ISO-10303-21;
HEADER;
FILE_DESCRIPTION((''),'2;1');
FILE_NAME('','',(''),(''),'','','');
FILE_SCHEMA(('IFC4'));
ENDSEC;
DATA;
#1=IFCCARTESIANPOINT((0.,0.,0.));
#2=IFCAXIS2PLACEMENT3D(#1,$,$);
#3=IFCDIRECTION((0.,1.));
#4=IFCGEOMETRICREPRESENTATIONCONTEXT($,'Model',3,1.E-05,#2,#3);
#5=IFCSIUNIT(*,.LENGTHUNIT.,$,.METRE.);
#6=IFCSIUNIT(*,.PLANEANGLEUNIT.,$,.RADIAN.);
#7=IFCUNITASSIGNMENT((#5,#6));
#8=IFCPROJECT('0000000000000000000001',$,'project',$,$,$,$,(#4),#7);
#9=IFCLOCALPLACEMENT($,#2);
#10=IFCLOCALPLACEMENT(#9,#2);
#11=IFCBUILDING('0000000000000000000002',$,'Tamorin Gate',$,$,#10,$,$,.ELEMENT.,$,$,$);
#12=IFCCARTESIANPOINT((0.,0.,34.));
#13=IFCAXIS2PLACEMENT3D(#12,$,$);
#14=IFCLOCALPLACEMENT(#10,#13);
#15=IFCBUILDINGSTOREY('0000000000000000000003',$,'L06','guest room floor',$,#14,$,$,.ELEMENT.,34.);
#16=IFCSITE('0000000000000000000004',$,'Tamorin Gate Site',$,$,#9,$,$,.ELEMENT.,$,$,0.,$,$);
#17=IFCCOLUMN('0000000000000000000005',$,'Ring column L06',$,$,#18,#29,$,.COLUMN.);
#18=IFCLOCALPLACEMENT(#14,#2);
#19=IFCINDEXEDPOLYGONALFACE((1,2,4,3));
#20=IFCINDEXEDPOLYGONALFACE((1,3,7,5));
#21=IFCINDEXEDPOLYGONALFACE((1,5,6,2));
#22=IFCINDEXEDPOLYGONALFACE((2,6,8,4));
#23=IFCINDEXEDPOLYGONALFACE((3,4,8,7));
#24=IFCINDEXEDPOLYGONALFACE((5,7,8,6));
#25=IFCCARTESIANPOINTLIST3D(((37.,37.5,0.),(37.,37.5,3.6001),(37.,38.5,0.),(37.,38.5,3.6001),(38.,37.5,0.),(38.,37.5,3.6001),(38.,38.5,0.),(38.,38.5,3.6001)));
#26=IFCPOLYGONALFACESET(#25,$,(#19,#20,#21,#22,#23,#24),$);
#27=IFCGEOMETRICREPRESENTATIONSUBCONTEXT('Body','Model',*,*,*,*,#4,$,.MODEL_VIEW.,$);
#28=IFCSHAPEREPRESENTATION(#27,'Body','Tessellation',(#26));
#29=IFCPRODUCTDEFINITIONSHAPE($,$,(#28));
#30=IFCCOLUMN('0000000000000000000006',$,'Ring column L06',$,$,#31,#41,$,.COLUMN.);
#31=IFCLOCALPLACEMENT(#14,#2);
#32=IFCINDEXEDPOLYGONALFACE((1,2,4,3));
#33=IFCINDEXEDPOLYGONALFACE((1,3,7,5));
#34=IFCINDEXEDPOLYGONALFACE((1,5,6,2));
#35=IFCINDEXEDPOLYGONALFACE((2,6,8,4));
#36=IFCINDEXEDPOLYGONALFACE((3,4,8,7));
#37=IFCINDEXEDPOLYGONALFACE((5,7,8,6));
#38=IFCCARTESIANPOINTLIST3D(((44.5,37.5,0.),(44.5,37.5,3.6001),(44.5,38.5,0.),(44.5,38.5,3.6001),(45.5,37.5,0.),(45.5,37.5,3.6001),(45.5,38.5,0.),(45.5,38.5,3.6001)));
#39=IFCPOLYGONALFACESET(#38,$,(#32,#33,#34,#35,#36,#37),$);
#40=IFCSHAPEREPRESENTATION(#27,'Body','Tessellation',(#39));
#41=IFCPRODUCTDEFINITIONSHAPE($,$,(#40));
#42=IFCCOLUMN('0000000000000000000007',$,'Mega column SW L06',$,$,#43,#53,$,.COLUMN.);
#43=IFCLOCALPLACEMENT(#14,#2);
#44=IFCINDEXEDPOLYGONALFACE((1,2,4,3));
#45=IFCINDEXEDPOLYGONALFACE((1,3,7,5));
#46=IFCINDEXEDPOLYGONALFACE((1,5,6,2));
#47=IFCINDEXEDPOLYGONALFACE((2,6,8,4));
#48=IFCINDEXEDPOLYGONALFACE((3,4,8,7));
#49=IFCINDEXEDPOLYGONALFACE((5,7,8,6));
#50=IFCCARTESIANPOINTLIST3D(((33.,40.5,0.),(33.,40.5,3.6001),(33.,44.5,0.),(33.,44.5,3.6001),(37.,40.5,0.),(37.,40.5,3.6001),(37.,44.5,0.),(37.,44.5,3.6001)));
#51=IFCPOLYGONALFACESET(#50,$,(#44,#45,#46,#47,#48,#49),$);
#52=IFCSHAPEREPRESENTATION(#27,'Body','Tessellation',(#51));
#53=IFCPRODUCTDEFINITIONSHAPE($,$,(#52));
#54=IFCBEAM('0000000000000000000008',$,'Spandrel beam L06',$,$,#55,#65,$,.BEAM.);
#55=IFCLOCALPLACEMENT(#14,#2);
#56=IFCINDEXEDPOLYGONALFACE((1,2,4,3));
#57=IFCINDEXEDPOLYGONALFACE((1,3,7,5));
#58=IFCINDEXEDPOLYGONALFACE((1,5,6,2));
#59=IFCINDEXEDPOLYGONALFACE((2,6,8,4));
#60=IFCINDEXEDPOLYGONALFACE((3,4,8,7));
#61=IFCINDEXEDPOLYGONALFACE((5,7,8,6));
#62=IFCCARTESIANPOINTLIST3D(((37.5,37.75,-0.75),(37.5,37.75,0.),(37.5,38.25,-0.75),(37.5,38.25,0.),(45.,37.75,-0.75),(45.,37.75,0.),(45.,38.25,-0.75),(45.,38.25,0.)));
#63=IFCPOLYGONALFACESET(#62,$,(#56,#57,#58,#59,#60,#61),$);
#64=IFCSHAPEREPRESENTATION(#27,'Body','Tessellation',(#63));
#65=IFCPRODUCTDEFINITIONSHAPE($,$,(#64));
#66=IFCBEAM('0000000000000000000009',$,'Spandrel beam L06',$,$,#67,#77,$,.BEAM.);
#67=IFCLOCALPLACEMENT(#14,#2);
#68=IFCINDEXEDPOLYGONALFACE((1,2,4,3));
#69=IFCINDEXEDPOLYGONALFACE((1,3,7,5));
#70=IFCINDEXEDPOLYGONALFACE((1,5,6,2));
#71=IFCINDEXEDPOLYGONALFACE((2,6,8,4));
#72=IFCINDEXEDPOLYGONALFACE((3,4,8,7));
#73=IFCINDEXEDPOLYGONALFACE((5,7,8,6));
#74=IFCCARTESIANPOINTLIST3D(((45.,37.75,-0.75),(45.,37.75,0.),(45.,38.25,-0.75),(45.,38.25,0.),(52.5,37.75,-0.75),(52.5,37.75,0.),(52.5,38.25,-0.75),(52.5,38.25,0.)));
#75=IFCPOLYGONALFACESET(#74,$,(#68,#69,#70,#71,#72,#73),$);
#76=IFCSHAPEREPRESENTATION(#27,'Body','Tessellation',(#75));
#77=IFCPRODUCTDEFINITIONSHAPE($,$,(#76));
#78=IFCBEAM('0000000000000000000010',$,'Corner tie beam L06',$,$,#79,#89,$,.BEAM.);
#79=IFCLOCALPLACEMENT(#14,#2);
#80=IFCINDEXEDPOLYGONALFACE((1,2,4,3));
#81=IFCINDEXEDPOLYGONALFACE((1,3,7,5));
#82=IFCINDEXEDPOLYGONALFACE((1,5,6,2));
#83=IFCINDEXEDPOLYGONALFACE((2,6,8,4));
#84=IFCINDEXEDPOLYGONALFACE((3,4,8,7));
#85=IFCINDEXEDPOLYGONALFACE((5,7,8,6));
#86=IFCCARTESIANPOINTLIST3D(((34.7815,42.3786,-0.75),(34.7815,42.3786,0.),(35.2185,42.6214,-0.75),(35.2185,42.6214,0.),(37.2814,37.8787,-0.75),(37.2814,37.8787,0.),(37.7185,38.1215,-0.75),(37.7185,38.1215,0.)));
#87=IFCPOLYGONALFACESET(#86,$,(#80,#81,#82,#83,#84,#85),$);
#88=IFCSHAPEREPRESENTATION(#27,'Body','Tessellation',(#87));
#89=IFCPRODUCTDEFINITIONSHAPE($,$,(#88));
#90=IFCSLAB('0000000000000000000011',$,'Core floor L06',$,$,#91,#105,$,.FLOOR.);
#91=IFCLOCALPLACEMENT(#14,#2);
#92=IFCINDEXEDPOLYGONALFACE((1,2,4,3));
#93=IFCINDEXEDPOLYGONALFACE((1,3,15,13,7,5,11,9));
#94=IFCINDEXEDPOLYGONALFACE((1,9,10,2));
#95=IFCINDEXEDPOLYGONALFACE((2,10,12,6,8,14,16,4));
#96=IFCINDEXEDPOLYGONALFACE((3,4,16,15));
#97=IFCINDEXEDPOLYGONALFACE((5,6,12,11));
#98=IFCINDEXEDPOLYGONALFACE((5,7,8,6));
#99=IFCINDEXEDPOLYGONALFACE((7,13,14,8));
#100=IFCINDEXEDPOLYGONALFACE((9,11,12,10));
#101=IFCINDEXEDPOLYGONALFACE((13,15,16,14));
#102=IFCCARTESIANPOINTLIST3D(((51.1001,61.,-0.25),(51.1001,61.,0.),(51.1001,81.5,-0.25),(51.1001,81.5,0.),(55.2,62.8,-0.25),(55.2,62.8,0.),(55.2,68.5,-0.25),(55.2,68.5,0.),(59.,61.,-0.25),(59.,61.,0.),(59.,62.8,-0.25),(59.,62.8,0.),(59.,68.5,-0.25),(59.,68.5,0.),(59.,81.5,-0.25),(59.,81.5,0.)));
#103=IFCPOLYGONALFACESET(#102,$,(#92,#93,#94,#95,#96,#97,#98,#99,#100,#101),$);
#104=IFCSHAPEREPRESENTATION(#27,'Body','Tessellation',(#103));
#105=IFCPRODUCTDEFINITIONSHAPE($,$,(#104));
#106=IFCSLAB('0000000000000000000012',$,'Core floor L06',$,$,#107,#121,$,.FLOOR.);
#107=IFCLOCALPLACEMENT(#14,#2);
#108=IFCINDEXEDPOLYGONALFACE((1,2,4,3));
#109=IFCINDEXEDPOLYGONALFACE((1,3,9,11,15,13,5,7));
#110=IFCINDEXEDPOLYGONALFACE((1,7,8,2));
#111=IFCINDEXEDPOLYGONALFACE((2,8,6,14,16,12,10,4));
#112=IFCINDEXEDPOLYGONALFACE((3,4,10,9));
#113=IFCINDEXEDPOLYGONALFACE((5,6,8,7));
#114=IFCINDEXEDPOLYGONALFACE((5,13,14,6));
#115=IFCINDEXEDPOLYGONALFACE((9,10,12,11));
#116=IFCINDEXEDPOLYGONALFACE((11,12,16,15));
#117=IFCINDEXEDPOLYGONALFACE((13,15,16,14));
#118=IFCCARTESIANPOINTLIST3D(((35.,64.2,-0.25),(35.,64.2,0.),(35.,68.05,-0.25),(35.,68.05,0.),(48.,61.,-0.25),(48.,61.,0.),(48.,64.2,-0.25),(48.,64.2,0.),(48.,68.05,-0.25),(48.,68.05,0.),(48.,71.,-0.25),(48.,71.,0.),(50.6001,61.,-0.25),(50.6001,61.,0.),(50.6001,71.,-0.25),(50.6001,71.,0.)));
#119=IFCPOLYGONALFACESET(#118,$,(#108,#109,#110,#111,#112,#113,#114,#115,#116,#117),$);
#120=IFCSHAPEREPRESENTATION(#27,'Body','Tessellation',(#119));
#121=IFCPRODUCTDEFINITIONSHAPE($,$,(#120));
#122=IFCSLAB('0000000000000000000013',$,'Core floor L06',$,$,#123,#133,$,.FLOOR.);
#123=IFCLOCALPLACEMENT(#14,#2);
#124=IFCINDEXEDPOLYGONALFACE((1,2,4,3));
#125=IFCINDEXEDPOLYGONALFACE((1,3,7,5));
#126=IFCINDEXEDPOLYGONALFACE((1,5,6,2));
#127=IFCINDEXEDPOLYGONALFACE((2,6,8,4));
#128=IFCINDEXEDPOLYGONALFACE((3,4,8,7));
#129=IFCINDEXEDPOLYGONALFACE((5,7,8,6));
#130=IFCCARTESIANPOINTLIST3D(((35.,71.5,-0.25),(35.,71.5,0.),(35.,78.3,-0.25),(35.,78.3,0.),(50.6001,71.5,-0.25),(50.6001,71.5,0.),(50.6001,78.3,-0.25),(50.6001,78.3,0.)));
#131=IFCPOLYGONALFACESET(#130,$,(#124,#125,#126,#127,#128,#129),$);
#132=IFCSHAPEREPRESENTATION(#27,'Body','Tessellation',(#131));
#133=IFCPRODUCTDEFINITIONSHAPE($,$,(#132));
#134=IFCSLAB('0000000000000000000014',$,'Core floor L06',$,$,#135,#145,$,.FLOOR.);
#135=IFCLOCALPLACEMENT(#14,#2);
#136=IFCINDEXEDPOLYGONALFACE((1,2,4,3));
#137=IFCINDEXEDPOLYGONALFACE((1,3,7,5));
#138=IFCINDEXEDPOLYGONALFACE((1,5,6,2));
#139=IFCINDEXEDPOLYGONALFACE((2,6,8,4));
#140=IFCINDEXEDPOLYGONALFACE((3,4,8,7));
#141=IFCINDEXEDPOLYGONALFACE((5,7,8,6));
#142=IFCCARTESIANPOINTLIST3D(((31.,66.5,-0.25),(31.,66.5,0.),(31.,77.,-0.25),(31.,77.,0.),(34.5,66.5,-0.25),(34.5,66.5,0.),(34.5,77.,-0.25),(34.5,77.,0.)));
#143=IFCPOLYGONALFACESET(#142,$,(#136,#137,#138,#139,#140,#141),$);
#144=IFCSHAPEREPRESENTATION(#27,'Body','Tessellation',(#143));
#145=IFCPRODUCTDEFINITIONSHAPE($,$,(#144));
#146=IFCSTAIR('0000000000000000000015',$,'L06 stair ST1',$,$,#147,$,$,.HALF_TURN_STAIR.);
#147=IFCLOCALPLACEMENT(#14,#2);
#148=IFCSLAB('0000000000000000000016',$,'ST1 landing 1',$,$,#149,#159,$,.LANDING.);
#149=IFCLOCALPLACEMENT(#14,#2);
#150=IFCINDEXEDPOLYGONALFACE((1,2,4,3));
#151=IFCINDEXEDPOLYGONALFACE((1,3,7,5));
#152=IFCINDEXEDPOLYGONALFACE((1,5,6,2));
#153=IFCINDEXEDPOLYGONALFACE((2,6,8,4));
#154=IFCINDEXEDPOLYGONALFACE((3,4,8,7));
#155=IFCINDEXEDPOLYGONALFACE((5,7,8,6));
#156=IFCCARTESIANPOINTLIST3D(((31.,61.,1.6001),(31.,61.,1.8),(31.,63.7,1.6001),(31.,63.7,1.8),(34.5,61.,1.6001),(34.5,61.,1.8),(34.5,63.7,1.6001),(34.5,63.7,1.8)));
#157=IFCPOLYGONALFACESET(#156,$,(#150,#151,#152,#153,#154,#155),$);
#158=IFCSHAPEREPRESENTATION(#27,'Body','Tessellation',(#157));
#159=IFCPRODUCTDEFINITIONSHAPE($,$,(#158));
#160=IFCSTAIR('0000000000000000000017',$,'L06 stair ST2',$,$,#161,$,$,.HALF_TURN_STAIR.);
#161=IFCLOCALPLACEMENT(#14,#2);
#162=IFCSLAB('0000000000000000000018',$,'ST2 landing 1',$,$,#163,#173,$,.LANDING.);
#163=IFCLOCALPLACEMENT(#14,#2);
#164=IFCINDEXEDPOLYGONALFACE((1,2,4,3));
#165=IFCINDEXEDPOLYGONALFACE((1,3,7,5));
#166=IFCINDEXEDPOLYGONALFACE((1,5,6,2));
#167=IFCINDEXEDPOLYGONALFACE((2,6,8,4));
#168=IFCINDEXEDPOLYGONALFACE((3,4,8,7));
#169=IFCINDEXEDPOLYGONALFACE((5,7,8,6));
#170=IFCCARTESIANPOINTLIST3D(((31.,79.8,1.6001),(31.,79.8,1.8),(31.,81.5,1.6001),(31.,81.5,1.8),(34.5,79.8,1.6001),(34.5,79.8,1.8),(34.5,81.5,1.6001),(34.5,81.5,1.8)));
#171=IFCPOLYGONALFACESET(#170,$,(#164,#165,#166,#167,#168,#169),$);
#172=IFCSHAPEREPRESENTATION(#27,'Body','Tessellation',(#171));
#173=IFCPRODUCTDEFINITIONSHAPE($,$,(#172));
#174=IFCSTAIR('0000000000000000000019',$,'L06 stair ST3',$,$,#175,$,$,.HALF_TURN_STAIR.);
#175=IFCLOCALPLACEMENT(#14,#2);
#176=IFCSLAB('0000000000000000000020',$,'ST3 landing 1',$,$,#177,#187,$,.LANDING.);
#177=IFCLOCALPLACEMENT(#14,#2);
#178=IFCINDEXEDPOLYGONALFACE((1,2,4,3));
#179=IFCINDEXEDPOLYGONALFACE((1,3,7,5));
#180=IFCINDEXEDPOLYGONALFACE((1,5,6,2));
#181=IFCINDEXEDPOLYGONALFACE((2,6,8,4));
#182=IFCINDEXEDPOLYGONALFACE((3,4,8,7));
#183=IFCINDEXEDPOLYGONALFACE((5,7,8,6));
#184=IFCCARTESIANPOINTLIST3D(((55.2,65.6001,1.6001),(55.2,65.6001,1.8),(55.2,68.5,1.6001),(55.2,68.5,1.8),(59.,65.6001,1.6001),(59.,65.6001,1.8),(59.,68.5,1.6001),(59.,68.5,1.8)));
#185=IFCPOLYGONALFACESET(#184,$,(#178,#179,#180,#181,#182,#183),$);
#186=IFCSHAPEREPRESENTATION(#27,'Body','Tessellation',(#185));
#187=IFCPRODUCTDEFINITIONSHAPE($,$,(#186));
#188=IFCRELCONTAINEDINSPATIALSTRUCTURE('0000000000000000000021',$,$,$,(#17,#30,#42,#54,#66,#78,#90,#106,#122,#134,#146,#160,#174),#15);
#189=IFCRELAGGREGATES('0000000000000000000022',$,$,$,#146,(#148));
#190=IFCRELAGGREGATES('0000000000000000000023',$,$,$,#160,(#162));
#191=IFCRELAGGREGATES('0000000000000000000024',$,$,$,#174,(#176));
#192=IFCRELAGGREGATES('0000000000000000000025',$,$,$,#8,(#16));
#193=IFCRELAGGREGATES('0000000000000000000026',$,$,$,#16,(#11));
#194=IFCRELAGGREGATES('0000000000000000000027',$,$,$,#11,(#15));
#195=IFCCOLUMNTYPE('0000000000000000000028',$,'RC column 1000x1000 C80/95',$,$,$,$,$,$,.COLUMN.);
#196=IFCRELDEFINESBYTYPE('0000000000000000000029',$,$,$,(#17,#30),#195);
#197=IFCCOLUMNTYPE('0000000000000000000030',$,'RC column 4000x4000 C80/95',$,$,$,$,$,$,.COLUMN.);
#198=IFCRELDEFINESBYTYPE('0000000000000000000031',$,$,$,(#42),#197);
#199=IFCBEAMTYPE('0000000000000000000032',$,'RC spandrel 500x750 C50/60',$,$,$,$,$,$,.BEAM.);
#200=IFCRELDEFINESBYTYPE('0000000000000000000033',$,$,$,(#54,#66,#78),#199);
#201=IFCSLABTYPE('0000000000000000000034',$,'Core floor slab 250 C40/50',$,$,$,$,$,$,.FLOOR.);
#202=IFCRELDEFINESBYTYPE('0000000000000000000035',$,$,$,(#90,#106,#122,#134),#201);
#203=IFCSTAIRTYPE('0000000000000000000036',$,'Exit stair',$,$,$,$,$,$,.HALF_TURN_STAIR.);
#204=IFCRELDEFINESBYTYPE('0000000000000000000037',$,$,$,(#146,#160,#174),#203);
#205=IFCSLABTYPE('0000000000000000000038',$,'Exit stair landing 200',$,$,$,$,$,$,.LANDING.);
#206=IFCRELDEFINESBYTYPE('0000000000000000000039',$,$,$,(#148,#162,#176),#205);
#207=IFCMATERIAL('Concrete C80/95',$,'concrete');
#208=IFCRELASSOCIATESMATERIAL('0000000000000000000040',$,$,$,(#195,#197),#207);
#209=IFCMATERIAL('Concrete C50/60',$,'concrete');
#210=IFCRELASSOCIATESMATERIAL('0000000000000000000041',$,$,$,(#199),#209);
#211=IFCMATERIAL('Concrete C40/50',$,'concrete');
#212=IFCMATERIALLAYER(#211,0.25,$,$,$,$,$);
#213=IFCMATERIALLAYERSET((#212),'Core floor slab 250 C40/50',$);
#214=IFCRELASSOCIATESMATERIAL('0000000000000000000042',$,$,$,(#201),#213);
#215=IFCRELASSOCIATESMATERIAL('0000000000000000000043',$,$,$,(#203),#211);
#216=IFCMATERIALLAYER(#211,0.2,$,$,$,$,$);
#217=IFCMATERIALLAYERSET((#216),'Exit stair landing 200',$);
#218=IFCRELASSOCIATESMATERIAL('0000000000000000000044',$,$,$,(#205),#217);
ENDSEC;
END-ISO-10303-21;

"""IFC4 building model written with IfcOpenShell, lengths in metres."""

from ifc_helpers import new_model, si_unit, direction, frame, origin, origin_2d, place, context, subcontext, project, spatial, polyline, rectangle, outline, extrude, material, layer, layer_set, material_profile, profile_set, type_object, element, aggregate, save


model = new_model("IFC4")

# Units and contexts
model_context = context("Model", 3, precision=1e-05, world=origin(), true_north=direction((0.0, 1.0)))
body_context = subcontext(model_context, "Body", "Model", "MODEL_VIEW")
ifc_project = project(units=[si_unit("LENGTHUNIT", "METRE"), si_unit("PLANEANGLEUNIT", "RADIAN")], contexts=[model_context])

# Site, building, storey
site_placement = place(None, origin())
site = spatial("IfcSite", under=ifc_project, at=site_placement, Name="Tamorin Gate Site", CompositionType="ELEMENT", RefElevation=0.0)
building_placement = place(site_placement, origin())
building = spatial("IfcBuilding", under=site, at=building_placement, Name="Tamorin Gate", CompositionType="ELEMENT")
storey_placement = place(building_placement, frame((0.0, 0.0, 34.0)))
storey = spatial("IfcBuildingStorey", under=building, at=storey_placement, Name="L06", Description="guest room floor", CompositionType="ELEMENT", Elevation=34.0)

# Columns
ifc_material_1 = material(Name="Concrete C80/95", Category="concrete")
ifc_material_profile_1 = material_profile(ifc_material_1, rectangle(XDim=1.0, YDim=1.0, at=origin_2d()), Name="RC 1000x1000")
ifc_profile_set_1 = profile_set([ifc_material_profile_1], Name="Concrete C80/95")
column_type_1 = type_object("IfcColumnType", Name="RC column 1000x1000 C80/95", PredefinedType="COLUMN", material=ifc_profile_set_1)
for number, where, z_axis, x_axis, name in (
    (1, (37.5, 38.0, 0.0), (0.0, 0.0, 1.0), (1.0, 0.0, 0.0), "Ring column L06"),
    (2, (45.0, 38.0, 0.0), (0.0, 0.0, 1.0), (1.0, 0.0, 0.0), "Ring column L06"),
):
    element("IfcColumn", number, at=place(storey_placement, frame(where, z_axis=z_axis, x_axis=x_axis)), inside=storey, type_object=column_type_1, Name=name, PredefinedType="COLUMN", context=body_context, shape_type="SweptSolid", body=[
        extrude(rectangle(XDim=1.0, YDim=1.0, at=origin_2d()), origin(), (0.0, 0.0, 1.0), 3.6001),
    ])
ifc_material_profile_2 = material_profile(ifc_material_1, rectangle(XDim=4.0, YDim=4.0, at=origin_2d()), Name="RC 4000x4000")
ifc_profile_set_2 = profile_set([ifc_material_profile_2], Name="Concrete C80/95")
column_type_2 = type_object("IfcColumnType", Name="RC column 4000x4000 C80/95", PredefinedType="COLUMN", material=ifc_profile_set_2)
column_placement = place(storey_placement, frame((35.0, 42.5, 0.0), z_axis=(0.0, 0.0, 1.0), x_axis=(1.0, 0.0, 0.0)))
element("IfcColumn", 3, at=column_placement, inside=storey, type_object=column_type_2, Name="Mega column SW L06", PredefinedType="COLUMN", context=body_context, shape_type="SweptSolid", body=[
    extrude(rectangle(XDim=4.0, YDim=4.0, at=origin_2d()), origin(), (0.0, 0.0, 1.0), 3.6001),
])

# Beams
ifc_material_2 = material(Name="Concrete C50/60", Category="concrete")
ifc_material_profile_3 = material_profile(ifc_material_2, rectangle(XDim=0.5, YDim=0.75, at=origin_2d()), Name="RC 500x750")
ifc_profile_set_3 = profile_set([ifc_material_profile_3], Name="Concrete C50/60")
beam_type = type_object("IfcBeamType", Name="RC spandrel 500x750 C50/60", PredefinedType="BEAM", material=ifc_profile_set_3)
for number, where, z_axis, x_axis, name in (
    (4, (37.5, 38.0, -0.375), (1.0, 0.0, 0.0), (0.0, 1.0, 0.0), "Spandrel beam L06"),
    (5, (45.0, 38.0, -0.375), (1.0, 0.0, 0.0), (0.0, 1.0, 0.0), "Spandrel beam L06"),
):
    element("IfcBeam", number, at=place(storey_placement, frame(where, z_axis=z_axis, x_axis=x_axis)), inside=storey, type_object=beam_type, Name=name, PredefinedType="BEAM", context=body_context, shape_type="SweptSolid", body=[
        extrude(rectangle(XDim=0.5, YDim=0.75, at=origin_2d()), origin(), (0.0, 0.0, 1.0), 7.5),
    ])
beam_placement = place(storey_placement, frame((35.0, 42.5, -0.375), z_axis=(0.485643, -0.874157, 0.0), x_axis=(0.874157, 0.485643, 0.0)))
element("IfcBeam", 6, at=beam_placement, inside=storey, type_object=beam_type, Name="Corner tie beam L06", PredefinedType="BEAM", context=body_context, shape_type="SweptSolid", body=[
    extrude(rectangle(XDim=0.5, YDim=0.75, at=origin_2d()), origin(), (0.0, 0.0, 1.0), 5.1477),
])

# Slabs
ifc_material_3 = material(Name="Concrete C40/50", Category="concrete")
ifc_layer_1 = layer(ifc_material_3, 0.25)
ifc_layer_set_1 = layer_set([ifc_layer_1], Name="Core floor slab 250 C40/50")
slab_type_1 = type_object("IfcSlabType", Name="Core floor slab 250 C40/50", PredefinedType="FLOOR", material=ifc_layer_set_1)
slab_1_placement = place(storey_placement, frame((0.0, 0.0, -0.25)))
element("IfcSlab", 7, at=slab_1_placement, inside=storey, type_object=slab_type_1, Name="Core floor L06", PredefinedType="FLOOR", context=body_context, shape_type="SweptSolid", body=[
    extrude(outline(polyline([(59.0, 62.8), (59.0, 61.0), (51.1001, 61.0), (51.1001, 81.5), (59.0, 81.5), (59.0, 68.5), (55.2, 68.5), (55.2, 62.8), (59.0, 62.8)])), origin(), (0.0, 0.0, 1.0), 0.25),
])
slab_2_placement = place(storey_placement, frame((0.0, 0.0, -0.25)))
element("IfcSlab", 8, at=slab_2_placement, inside=storey, type_object=slab_type_1, Name="Core floor L06", PredefinedType="FLOOR", context=body_context, shape_type="SweptSolid", body=[
    extrude(outline(polyline([(50.6001, 61.0), (48.0, 61.0), (48.0, 64.2), (35.0, 64.2), (35.0, 68.05), (48.0, 68.05), (48.0, 71.0), (50.6001, 71.0), (50.6001, 61.0)])), origin(), (0.0, 0.0, 1.0), 0.25),
])
slab_3_placement = place(storey_placement, frame((0.0, 0.0, -0.25)))
element("IfcSlab", 9, at=slab_3_placement, inside=storey, type_object=slab_type_1, Name="Core floor L06", PredefinedType="FLOOR", context=body_context, shape_type="SweptSolid", body=[
    extrude(outline(polyline([(50.6001, 71.5), (35.0, 71.5), (35.0, 78.3), (50.6001, 78.3), (50.6001, 71.5)])), origin(), (0.0, 0.0, 1.0), 0.25),
])
slab_4_placement = place(storey_placement, frame((0.0, 0.0, -0.25)))
element("IfcSlab", 10, at=slab_4_placement, inside=storey, type_object=slab_type_1, Name="Core floor L06", PredefinedType="FLOOR", context=body_context, shape_type="SweptSolid", body=[
    extrude(outline(polyline([(31.0, 66.5), (31.0, 77.0), (34.5, 77.0), (34.5, 66.5), (31.0, 66.5)])), origin(), (0.0, 0.0, 1.0), 0.25),
])

# Stairs, slabs
stair_type = type_object("IfcStairType", Name="Exit stair", PredefinedType="HALF_TURN_STAIR", material=ifc_material_3)
stair_1_placement = place(storey_placement, origin())
stair_1 = element("IfcStair", 11, at=stair_1_placement, inside=storey, type_object=stair_type, Name="L06 stair ST1", PredefinedType="HALF_TURN_STAIR")
ifc_layer_2 = layer(ifc_material_3, 0.2)
ifc_layer_set_2 = layer_set([ifc_layer_2], Name="Exit stair landing 200")
slab_type_2 = type_object("IfcSlabType", Name="Exit stair landing 200", PredefinedType="LANDING", material=ifc_layer_set_2)
slab_5_placement = place(storey_placement, frame((0.0, 0.0, 1.6001)))
slab_5 = element("IfcSlab", 12, at=slab_5_placement, type_object=slab_type_2, Name="ST1 landing 1", PredefinedType="LANDING", context=body_context, shape_type="SweptSolid", body=[
    extrude(outline(polyline([(31.0, 63.7), (31.0, 61.0), (34.5, 61.0), (34.5, 63.7), (31.0, 63.7)])), origin(), (0.0, 0.0, 1.0), 0.2),
])
aggregate(stair_1, [slab_5])
stair_2_placement = place(storey_placement, origin())
stair_2 = element("IfcStair", 13, at=stair_2_placement, inside=storey, type_object=stair_type, Name="L06 stair ST2", PredefinedType="HALF_TURN_STAIR")
slab_6_placement = place(storey_placement, frame((0.0, 0.0, 1.6001)))
slab_6 = element("IfcSlab", 14, at=slab_6_placement, type_object=slab_type_2, Name="ST2 landing 1", PredefinedType="LANDING", context=body_context, shape_type="SweptSolid", body=[
    extrude(outline(polyline([(34.5, 79.8), (34.5, 81.5), (31.0, 81.5), (31.0, 79.8), (34.5, 79.8)])), origin(), (0.0, 0.0, 1.0), 0.2),
])
aggregate(stair_2, [slab_6])
stair_3_placement = place(storey_placement, origin())
stair_3 = element("IfcStair", 15, at=stair_3_placement, inside=storey, type_object=stair_type, Name="L06 stair ST3", PredefinedType="HALF_TURN_STAIR")
slab_7_placement = place(storey_placement, frame((0.0, 0.0, 1.6001)))
slab_7 = element("IfcSlab", 16, at=slab_7_placement, type_object=slab_type_2, Name="ST3 landing 1", PredefinedType="LANDING", context=body_context, shape_type="SweptSolid", body=[
    extrude(outline(polyline([(59.0, 65.6001), (59.0, 68.5), (55.2, 68.5), (55.2, 65.6001), (59.0, 65.6001)])), origin(), (0.0, 0.0, 1.0), 0.2),
])
aggregate(stair_3, [slab_7])

save(model, "model.ifc")
